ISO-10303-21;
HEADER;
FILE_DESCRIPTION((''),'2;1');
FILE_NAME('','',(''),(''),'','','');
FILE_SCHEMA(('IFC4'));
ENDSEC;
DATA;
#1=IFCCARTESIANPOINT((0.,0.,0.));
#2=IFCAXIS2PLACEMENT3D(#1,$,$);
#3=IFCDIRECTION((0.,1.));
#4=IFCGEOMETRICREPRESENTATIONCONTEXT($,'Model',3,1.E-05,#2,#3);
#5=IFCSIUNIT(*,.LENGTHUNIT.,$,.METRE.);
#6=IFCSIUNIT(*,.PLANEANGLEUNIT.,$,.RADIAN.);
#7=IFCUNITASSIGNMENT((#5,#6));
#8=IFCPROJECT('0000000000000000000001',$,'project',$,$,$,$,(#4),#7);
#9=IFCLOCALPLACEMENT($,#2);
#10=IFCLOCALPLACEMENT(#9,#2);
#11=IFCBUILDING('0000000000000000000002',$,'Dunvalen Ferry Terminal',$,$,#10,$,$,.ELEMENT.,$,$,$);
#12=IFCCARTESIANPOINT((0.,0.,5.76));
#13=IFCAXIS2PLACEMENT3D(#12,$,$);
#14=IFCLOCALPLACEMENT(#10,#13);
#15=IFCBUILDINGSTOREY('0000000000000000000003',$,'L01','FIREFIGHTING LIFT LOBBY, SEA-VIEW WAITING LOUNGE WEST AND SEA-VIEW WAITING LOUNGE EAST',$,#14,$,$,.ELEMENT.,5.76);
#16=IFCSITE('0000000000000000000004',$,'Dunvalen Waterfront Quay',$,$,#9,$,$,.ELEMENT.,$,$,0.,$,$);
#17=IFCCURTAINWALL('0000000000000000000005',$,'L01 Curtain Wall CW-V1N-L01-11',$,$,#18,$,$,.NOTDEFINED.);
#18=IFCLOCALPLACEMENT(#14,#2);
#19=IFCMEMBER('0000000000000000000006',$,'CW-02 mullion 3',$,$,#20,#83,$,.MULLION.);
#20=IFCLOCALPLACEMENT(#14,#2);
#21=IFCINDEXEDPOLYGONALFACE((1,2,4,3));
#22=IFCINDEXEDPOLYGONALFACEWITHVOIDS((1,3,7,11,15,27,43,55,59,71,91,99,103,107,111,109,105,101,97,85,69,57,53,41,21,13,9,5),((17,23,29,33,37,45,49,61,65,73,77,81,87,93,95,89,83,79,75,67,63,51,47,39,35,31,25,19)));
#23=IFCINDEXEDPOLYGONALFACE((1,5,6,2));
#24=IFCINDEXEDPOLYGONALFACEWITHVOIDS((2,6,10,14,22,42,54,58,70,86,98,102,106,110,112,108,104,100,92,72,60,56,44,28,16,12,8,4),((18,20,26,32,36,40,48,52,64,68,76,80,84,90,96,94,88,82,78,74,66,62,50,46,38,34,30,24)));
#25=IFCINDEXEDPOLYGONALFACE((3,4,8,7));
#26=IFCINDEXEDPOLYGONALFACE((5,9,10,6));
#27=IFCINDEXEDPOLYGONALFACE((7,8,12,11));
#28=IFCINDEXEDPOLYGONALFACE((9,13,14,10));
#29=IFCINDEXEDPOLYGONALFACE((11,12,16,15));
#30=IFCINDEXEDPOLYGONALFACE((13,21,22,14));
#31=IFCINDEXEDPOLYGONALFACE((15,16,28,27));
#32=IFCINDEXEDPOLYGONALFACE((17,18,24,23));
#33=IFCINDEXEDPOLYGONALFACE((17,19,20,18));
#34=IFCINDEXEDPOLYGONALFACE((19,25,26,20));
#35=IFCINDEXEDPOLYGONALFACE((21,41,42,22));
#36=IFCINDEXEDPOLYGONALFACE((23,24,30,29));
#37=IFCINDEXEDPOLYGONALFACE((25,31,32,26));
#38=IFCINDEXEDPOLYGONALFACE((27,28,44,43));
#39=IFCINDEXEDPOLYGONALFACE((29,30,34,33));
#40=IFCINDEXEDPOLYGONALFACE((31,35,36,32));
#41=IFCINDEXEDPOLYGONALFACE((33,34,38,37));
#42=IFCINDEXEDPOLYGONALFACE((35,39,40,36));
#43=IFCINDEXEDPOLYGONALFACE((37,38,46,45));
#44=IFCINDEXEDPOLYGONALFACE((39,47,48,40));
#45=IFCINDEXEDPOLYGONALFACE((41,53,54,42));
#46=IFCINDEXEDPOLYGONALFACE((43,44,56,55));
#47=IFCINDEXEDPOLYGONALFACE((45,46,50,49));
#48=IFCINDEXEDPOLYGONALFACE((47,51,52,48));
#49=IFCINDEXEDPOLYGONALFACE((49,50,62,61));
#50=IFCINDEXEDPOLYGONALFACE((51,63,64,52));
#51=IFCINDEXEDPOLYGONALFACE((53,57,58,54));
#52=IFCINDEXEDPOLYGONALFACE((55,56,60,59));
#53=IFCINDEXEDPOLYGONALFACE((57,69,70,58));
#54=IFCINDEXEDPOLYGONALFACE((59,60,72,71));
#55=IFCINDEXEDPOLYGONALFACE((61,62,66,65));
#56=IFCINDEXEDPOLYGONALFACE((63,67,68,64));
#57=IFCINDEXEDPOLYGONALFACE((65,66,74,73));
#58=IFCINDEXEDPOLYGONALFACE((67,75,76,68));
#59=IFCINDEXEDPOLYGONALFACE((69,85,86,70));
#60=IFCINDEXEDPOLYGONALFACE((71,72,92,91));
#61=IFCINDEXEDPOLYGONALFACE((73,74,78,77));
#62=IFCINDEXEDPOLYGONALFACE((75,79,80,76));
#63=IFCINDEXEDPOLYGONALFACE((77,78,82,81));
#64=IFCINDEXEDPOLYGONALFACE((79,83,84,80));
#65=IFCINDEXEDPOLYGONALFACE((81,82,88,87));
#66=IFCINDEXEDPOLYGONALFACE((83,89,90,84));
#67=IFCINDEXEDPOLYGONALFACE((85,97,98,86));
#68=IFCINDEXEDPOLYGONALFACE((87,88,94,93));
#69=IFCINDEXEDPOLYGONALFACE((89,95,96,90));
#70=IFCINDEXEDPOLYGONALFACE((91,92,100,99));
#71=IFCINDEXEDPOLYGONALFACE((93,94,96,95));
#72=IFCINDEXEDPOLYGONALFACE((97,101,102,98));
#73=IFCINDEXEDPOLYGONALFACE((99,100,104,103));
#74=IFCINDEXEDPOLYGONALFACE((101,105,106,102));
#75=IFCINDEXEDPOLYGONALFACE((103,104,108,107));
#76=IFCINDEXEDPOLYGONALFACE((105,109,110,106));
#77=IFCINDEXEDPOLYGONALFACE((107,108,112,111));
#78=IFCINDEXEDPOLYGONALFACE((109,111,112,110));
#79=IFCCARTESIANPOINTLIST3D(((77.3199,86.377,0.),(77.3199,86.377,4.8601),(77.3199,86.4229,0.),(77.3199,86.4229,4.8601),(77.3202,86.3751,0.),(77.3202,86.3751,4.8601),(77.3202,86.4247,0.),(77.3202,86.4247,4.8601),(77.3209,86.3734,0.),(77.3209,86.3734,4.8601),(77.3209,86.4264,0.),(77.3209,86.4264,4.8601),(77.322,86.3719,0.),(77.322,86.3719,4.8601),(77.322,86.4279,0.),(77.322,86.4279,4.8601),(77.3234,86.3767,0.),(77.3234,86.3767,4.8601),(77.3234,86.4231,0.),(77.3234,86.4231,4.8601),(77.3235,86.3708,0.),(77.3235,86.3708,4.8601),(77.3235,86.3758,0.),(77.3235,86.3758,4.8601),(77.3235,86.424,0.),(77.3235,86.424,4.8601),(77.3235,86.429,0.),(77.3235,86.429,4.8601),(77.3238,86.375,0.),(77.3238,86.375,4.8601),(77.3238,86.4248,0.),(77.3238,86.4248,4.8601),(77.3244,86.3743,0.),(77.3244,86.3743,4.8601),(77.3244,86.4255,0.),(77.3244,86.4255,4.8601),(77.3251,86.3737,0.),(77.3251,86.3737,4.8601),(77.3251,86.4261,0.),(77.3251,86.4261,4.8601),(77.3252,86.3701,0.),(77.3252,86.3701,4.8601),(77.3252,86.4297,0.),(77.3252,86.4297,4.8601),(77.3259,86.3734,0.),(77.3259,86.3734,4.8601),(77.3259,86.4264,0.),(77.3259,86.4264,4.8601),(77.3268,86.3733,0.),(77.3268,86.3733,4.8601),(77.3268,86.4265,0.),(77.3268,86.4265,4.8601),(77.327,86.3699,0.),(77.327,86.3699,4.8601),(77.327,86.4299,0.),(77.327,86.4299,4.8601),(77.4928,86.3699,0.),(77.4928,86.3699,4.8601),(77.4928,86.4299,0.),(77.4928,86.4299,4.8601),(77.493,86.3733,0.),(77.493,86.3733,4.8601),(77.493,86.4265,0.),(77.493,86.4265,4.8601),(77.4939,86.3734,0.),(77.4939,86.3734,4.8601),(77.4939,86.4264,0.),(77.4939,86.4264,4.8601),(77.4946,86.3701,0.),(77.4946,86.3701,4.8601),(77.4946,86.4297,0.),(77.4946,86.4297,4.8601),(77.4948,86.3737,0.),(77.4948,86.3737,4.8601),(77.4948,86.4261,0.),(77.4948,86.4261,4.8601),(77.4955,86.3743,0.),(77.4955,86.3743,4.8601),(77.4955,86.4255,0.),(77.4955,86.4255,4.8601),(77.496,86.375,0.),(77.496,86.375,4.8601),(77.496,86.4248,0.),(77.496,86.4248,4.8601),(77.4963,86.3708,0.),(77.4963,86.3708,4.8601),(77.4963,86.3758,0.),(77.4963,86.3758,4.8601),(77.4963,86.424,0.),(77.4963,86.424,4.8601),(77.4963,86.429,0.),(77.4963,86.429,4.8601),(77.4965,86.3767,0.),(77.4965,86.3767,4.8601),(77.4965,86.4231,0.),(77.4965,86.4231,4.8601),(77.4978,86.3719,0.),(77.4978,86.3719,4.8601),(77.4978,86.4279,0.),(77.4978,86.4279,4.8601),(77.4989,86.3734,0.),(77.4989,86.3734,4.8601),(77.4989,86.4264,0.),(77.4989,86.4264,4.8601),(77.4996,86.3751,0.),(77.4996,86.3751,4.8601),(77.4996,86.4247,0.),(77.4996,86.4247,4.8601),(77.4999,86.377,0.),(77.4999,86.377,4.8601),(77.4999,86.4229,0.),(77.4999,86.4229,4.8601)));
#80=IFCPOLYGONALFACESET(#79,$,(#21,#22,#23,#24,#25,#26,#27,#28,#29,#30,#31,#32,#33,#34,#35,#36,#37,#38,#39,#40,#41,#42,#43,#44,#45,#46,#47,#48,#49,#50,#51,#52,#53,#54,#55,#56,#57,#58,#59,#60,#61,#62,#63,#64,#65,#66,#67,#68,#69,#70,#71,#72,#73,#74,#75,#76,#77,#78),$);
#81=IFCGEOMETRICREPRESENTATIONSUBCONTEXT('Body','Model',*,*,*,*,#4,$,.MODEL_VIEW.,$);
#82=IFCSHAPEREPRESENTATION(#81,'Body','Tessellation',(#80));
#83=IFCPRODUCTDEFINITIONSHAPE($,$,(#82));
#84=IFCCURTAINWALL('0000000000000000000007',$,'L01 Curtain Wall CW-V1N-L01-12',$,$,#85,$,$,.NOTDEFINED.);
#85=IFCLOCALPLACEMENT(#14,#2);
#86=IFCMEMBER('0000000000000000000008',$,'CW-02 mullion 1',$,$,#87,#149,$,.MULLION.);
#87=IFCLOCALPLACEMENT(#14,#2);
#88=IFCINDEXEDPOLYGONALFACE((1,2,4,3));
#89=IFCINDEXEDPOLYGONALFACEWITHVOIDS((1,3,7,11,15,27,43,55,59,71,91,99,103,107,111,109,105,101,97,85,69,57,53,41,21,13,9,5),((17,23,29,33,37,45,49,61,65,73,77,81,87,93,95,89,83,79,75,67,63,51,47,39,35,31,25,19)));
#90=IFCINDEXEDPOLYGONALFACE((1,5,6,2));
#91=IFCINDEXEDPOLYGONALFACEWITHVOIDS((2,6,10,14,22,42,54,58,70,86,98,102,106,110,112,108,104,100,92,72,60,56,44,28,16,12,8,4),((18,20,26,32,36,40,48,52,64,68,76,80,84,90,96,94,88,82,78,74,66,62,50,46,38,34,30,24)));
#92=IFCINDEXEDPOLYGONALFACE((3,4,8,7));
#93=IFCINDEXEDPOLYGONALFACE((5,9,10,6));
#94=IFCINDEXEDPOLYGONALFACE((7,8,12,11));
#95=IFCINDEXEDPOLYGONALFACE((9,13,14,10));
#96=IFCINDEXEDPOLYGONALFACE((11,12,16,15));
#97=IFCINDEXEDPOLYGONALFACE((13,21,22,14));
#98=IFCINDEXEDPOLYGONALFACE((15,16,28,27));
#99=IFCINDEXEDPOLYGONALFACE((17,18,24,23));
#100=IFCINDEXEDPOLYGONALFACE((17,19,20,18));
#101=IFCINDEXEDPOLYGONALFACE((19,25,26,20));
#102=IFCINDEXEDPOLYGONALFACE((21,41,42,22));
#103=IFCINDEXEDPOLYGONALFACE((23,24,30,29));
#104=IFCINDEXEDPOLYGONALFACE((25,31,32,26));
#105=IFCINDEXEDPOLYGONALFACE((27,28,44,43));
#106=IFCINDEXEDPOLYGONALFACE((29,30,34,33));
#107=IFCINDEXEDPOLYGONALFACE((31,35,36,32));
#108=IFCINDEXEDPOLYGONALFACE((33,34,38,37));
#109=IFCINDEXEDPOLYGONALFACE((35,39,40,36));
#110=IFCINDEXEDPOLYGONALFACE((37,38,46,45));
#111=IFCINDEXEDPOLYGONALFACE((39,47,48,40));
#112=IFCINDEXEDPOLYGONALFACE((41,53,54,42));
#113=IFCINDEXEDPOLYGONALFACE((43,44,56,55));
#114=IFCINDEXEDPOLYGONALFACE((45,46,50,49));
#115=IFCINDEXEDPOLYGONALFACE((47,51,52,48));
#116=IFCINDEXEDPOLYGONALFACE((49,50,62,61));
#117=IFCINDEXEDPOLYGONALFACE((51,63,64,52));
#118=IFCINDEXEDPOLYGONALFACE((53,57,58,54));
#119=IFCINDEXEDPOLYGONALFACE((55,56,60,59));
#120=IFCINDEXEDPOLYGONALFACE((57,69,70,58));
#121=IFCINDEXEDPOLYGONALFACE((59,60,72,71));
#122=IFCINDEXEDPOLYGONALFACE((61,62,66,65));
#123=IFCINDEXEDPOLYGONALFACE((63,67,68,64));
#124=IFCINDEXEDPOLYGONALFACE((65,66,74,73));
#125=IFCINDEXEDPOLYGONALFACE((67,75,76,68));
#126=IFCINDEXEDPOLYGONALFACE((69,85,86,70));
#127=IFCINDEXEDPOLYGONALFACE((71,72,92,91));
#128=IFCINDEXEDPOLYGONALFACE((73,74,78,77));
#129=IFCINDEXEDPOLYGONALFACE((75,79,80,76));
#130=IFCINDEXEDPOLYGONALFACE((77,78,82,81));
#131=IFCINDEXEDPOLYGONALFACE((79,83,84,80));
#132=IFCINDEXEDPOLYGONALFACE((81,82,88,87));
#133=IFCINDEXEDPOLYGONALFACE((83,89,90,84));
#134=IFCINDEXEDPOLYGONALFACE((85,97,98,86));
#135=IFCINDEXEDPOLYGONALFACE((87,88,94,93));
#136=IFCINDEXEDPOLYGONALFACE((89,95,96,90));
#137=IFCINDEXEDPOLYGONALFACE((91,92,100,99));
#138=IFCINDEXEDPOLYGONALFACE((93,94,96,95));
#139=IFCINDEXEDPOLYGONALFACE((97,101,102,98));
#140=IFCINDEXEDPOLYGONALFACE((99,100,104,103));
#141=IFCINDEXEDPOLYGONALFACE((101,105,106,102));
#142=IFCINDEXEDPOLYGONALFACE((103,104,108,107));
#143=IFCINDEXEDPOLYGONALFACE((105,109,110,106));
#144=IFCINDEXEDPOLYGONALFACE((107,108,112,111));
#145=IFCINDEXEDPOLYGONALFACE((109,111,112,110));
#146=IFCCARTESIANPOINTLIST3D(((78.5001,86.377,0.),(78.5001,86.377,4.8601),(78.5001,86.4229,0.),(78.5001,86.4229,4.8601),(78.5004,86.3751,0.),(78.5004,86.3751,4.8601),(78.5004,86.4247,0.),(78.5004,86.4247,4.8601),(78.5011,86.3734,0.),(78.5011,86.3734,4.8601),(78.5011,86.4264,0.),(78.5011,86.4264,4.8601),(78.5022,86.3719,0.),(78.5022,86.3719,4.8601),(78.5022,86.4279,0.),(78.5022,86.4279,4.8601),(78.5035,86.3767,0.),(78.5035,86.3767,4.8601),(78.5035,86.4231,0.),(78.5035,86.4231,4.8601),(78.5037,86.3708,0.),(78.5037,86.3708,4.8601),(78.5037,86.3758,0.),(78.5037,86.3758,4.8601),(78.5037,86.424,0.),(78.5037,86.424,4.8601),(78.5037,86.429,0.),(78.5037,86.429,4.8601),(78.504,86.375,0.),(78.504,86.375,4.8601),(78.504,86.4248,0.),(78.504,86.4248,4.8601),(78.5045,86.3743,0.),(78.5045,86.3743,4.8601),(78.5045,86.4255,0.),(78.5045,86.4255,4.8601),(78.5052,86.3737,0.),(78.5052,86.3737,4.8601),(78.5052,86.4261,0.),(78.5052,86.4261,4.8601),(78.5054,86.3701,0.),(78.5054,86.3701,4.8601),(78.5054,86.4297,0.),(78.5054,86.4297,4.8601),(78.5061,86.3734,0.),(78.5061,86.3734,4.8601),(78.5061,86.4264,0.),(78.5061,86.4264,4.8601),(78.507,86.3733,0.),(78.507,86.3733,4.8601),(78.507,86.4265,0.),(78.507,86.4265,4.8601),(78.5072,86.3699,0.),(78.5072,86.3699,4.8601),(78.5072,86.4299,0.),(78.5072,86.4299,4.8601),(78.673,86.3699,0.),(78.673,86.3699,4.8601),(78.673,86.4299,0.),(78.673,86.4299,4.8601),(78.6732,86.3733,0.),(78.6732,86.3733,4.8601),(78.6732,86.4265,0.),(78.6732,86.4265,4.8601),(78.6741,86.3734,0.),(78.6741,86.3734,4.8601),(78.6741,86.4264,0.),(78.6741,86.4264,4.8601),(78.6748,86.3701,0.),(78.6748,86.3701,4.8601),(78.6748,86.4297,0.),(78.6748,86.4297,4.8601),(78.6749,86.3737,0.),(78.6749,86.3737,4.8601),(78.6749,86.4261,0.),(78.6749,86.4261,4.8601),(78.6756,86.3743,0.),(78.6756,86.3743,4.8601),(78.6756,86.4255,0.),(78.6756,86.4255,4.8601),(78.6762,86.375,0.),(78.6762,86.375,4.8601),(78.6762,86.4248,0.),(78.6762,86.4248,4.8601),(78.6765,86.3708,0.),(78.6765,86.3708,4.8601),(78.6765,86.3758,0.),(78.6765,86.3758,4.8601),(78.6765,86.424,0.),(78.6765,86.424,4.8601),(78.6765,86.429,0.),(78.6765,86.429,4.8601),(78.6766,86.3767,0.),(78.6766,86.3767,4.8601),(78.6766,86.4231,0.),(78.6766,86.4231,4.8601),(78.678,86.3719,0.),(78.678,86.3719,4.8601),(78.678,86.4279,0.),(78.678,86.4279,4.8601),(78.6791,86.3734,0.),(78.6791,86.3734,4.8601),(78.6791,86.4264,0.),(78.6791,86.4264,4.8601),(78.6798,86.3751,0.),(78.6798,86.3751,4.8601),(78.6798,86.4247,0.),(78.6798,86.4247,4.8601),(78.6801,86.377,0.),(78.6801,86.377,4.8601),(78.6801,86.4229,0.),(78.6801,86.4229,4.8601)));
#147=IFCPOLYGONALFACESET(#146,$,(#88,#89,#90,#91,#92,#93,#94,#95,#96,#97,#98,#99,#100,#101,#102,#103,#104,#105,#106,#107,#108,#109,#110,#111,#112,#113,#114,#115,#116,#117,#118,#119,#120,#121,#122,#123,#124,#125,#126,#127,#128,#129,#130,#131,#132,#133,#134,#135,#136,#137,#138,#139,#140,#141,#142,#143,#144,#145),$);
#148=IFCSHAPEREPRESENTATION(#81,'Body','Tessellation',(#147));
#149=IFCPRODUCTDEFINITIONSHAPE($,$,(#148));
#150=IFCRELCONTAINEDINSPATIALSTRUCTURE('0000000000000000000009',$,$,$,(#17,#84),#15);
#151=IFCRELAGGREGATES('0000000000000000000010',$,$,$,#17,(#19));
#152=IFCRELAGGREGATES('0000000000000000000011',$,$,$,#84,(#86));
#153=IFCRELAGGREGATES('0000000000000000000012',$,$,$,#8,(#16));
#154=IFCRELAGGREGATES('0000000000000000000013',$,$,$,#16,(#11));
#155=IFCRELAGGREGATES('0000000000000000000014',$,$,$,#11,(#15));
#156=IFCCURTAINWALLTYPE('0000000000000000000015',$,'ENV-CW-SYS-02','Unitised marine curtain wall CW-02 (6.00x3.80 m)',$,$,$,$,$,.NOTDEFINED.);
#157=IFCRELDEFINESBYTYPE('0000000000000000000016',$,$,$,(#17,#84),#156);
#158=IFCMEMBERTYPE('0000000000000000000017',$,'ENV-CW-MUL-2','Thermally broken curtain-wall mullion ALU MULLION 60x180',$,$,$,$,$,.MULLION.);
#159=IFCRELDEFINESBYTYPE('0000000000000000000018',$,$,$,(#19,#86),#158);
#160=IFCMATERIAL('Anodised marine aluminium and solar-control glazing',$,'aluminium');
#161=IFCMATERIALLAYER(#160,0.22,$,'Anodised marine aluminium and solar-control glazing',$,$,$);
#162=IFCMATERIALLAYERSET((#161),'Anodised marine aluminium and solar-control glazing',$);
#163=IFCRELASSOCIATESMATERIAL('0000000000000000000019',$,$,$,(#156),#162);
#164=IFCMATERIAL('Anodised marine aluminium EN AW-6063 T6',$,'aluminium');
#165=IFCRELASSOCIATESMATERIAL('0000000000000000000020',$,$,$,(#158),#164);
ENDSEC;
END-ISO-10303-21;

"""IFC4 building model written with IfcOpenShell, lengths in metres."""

from ifc_helpers import new_model, si_unit, direction, frame, origin, origin_2d, place, context, subcontext, project, spatial, hollow_rectangle, extrude, material, layer, layer_set, material_profile, profile_set, type_object, element, aggregate, save


model = new_model("IFC4")

# Units and contexts
model_context = context("Model", 3, precision=1e-05, world=origin(), true_north=direction((0.0, 1.0)))
body_context = subcontext(model_context, "Body", "Model", "MODEL_VIEW")
ifc_project = project(units=[si_unit("LENGTHUNIT", "METRE"), si_unit("PLANEANGLEUNIT", "RADIAN")], contexts=[model_context])

# Site, building, storey
site_placement = place(None, origin())
site = spatial("IfcSite", under=ifc_project, at=site_placement, Name="Dunvalen Waterfront Quay", CompositionType="ELEMENT", RefElevation=0.0)
building_placement = place(site_placement, origin())
building = spatial("IfcBuilding", under=site, at=building_placement, Name="Dunvalen Ferry Terminal", CompositionType="ELEMENT")
storey_placement = place(building_placement, frame((0.0, 0.0, 5.76)))
storey = spatial("IfcBuildingStorey", under=building, at=storey_placement, Name="L01", Description="FIREFIGHTING LIFT LOBBY, SEA-VIEW WAITING LOUNGE WEST AND SEA-VIEW WAITING LOUNGE EAST", CompositionType="ELEMENT", Elevation=5.76)

# Curtain walls, members
ifc_material_1 = material(Name="Anodised marine aluminium and solar-control glazing", Category="aluminium")
ifc_layer_1 = layer(ifc_material_1, 0.22, Name="Anodised marine aluminium and solar-control glazing")
ifc_layer_set_1 = layer_set([ifc_layer_1], Name="Anodised marine aluminium and solar-control glazing")
curtain_wall_type = type_object("IfcCurtainWallType", Name="ENV-CW-SYS-02", Description="Unitised marine curtain wall CW-02 (6.00x3.80 m)", PredefinedType="NOTDEFINED", material=ifc_layer_set_1)
ifc_material_2 = material(Name="Anodised marine aluminium EN AW-6063 T6", Category="aluminium")
ifc_material_profile_1 = material_profile(ifc_material_2, hollow_rectangle(XDim=0.0601, YDim=0.1799, WallThickness=0.0034, InnerFilletRadius=0.0034, OuterFilletRadius=0.0071, at=origin_2d()), Name="Anodised marine aluminium EN AW-6063 T6")
ifc_profile_set_1 = profile_set([ifc_material_profile_1], Name="Anodised marine aluminium EN AW-6063 T6")
member_type_1 = type_object("IfcMemberType", Name="ENV-CW-MUL-2", Description="Thermally broken curtain-wall mullion ALU MULLION 60x180", PredefinedType="MULLION", material=ifc_profile_set_1)
curtain_wall_1_placement = place(storey_placement, origin())
curtain_wall_1 = element("IfcCurtainWall", 1, at=curtain_wall_1_placement, inside=storey, type_object=curtain_wall_type, Name="L01 Curtain Wall CW-V1N-L01-11", PredefinedType="NOTDEFINED")
member_1_placement = place(storey_placement, frame((77.4099, 86.3999, 0.0), z_axis=(0.0, 0.0, 1.0), x_axis=(0.0, 1.0, 0.0)))
member_1 = element("IfcMember", 2, at=member_1_placement, type_object=member_type_1, Name="CW-02 mullion 3", PredefinedType="MULLION", context=body_context, shape_type="SweptSolid", body=[
    extrude(hollow_rectangle(XDim=0.0601, YDim=0.1799, WallThickness=0.0034, InnerFilletRadius=0.0034, OuterFilletRadius=0.0071, at=origin_2d()), origin(), (0.0, 0.0, 1.0), 4.8601),
])
curtain_wall_2_placement = place(storey_placement, origin())
curtain_wall_2 = element("IfcCurtainWall", 3, at=curtain_wall_2_placement, inside=storey, type_object=curtain_wall_type, Name="L01 Curtain Wall CW-V1N-L01-12", PredefinedType="NOTDEFINED")
member_2_placement = place(storey_placement, frame((78.5901, 86.3999, 0.0), z_axis=(0.0, 0.0, 1.0), x_axis=(0.0, 1.0, 0.0)))
member_2 = element("IfcMember", 4, at=member_2_placement, type_object=member_type_1, Name="CW-02 mullion 1", PredefinedType="MULLION", context=body_context, shape_type="SweptSolid", body=[
    extrude(hollow_rectangle(XDim=0.0601, YDim=0.1799, WallThickness=0.0034, InnerFilletRadius=0.0034, OuterFilletRadius=0.0071, at=origin_2d()), origin(), (0.0, 0.0, 1.0), 4.8601),
])

aggregate(curtain_wall_1, [member_1])
aggregate(curtain_wall_2, [member_2])

save(model, "model.ifc")
